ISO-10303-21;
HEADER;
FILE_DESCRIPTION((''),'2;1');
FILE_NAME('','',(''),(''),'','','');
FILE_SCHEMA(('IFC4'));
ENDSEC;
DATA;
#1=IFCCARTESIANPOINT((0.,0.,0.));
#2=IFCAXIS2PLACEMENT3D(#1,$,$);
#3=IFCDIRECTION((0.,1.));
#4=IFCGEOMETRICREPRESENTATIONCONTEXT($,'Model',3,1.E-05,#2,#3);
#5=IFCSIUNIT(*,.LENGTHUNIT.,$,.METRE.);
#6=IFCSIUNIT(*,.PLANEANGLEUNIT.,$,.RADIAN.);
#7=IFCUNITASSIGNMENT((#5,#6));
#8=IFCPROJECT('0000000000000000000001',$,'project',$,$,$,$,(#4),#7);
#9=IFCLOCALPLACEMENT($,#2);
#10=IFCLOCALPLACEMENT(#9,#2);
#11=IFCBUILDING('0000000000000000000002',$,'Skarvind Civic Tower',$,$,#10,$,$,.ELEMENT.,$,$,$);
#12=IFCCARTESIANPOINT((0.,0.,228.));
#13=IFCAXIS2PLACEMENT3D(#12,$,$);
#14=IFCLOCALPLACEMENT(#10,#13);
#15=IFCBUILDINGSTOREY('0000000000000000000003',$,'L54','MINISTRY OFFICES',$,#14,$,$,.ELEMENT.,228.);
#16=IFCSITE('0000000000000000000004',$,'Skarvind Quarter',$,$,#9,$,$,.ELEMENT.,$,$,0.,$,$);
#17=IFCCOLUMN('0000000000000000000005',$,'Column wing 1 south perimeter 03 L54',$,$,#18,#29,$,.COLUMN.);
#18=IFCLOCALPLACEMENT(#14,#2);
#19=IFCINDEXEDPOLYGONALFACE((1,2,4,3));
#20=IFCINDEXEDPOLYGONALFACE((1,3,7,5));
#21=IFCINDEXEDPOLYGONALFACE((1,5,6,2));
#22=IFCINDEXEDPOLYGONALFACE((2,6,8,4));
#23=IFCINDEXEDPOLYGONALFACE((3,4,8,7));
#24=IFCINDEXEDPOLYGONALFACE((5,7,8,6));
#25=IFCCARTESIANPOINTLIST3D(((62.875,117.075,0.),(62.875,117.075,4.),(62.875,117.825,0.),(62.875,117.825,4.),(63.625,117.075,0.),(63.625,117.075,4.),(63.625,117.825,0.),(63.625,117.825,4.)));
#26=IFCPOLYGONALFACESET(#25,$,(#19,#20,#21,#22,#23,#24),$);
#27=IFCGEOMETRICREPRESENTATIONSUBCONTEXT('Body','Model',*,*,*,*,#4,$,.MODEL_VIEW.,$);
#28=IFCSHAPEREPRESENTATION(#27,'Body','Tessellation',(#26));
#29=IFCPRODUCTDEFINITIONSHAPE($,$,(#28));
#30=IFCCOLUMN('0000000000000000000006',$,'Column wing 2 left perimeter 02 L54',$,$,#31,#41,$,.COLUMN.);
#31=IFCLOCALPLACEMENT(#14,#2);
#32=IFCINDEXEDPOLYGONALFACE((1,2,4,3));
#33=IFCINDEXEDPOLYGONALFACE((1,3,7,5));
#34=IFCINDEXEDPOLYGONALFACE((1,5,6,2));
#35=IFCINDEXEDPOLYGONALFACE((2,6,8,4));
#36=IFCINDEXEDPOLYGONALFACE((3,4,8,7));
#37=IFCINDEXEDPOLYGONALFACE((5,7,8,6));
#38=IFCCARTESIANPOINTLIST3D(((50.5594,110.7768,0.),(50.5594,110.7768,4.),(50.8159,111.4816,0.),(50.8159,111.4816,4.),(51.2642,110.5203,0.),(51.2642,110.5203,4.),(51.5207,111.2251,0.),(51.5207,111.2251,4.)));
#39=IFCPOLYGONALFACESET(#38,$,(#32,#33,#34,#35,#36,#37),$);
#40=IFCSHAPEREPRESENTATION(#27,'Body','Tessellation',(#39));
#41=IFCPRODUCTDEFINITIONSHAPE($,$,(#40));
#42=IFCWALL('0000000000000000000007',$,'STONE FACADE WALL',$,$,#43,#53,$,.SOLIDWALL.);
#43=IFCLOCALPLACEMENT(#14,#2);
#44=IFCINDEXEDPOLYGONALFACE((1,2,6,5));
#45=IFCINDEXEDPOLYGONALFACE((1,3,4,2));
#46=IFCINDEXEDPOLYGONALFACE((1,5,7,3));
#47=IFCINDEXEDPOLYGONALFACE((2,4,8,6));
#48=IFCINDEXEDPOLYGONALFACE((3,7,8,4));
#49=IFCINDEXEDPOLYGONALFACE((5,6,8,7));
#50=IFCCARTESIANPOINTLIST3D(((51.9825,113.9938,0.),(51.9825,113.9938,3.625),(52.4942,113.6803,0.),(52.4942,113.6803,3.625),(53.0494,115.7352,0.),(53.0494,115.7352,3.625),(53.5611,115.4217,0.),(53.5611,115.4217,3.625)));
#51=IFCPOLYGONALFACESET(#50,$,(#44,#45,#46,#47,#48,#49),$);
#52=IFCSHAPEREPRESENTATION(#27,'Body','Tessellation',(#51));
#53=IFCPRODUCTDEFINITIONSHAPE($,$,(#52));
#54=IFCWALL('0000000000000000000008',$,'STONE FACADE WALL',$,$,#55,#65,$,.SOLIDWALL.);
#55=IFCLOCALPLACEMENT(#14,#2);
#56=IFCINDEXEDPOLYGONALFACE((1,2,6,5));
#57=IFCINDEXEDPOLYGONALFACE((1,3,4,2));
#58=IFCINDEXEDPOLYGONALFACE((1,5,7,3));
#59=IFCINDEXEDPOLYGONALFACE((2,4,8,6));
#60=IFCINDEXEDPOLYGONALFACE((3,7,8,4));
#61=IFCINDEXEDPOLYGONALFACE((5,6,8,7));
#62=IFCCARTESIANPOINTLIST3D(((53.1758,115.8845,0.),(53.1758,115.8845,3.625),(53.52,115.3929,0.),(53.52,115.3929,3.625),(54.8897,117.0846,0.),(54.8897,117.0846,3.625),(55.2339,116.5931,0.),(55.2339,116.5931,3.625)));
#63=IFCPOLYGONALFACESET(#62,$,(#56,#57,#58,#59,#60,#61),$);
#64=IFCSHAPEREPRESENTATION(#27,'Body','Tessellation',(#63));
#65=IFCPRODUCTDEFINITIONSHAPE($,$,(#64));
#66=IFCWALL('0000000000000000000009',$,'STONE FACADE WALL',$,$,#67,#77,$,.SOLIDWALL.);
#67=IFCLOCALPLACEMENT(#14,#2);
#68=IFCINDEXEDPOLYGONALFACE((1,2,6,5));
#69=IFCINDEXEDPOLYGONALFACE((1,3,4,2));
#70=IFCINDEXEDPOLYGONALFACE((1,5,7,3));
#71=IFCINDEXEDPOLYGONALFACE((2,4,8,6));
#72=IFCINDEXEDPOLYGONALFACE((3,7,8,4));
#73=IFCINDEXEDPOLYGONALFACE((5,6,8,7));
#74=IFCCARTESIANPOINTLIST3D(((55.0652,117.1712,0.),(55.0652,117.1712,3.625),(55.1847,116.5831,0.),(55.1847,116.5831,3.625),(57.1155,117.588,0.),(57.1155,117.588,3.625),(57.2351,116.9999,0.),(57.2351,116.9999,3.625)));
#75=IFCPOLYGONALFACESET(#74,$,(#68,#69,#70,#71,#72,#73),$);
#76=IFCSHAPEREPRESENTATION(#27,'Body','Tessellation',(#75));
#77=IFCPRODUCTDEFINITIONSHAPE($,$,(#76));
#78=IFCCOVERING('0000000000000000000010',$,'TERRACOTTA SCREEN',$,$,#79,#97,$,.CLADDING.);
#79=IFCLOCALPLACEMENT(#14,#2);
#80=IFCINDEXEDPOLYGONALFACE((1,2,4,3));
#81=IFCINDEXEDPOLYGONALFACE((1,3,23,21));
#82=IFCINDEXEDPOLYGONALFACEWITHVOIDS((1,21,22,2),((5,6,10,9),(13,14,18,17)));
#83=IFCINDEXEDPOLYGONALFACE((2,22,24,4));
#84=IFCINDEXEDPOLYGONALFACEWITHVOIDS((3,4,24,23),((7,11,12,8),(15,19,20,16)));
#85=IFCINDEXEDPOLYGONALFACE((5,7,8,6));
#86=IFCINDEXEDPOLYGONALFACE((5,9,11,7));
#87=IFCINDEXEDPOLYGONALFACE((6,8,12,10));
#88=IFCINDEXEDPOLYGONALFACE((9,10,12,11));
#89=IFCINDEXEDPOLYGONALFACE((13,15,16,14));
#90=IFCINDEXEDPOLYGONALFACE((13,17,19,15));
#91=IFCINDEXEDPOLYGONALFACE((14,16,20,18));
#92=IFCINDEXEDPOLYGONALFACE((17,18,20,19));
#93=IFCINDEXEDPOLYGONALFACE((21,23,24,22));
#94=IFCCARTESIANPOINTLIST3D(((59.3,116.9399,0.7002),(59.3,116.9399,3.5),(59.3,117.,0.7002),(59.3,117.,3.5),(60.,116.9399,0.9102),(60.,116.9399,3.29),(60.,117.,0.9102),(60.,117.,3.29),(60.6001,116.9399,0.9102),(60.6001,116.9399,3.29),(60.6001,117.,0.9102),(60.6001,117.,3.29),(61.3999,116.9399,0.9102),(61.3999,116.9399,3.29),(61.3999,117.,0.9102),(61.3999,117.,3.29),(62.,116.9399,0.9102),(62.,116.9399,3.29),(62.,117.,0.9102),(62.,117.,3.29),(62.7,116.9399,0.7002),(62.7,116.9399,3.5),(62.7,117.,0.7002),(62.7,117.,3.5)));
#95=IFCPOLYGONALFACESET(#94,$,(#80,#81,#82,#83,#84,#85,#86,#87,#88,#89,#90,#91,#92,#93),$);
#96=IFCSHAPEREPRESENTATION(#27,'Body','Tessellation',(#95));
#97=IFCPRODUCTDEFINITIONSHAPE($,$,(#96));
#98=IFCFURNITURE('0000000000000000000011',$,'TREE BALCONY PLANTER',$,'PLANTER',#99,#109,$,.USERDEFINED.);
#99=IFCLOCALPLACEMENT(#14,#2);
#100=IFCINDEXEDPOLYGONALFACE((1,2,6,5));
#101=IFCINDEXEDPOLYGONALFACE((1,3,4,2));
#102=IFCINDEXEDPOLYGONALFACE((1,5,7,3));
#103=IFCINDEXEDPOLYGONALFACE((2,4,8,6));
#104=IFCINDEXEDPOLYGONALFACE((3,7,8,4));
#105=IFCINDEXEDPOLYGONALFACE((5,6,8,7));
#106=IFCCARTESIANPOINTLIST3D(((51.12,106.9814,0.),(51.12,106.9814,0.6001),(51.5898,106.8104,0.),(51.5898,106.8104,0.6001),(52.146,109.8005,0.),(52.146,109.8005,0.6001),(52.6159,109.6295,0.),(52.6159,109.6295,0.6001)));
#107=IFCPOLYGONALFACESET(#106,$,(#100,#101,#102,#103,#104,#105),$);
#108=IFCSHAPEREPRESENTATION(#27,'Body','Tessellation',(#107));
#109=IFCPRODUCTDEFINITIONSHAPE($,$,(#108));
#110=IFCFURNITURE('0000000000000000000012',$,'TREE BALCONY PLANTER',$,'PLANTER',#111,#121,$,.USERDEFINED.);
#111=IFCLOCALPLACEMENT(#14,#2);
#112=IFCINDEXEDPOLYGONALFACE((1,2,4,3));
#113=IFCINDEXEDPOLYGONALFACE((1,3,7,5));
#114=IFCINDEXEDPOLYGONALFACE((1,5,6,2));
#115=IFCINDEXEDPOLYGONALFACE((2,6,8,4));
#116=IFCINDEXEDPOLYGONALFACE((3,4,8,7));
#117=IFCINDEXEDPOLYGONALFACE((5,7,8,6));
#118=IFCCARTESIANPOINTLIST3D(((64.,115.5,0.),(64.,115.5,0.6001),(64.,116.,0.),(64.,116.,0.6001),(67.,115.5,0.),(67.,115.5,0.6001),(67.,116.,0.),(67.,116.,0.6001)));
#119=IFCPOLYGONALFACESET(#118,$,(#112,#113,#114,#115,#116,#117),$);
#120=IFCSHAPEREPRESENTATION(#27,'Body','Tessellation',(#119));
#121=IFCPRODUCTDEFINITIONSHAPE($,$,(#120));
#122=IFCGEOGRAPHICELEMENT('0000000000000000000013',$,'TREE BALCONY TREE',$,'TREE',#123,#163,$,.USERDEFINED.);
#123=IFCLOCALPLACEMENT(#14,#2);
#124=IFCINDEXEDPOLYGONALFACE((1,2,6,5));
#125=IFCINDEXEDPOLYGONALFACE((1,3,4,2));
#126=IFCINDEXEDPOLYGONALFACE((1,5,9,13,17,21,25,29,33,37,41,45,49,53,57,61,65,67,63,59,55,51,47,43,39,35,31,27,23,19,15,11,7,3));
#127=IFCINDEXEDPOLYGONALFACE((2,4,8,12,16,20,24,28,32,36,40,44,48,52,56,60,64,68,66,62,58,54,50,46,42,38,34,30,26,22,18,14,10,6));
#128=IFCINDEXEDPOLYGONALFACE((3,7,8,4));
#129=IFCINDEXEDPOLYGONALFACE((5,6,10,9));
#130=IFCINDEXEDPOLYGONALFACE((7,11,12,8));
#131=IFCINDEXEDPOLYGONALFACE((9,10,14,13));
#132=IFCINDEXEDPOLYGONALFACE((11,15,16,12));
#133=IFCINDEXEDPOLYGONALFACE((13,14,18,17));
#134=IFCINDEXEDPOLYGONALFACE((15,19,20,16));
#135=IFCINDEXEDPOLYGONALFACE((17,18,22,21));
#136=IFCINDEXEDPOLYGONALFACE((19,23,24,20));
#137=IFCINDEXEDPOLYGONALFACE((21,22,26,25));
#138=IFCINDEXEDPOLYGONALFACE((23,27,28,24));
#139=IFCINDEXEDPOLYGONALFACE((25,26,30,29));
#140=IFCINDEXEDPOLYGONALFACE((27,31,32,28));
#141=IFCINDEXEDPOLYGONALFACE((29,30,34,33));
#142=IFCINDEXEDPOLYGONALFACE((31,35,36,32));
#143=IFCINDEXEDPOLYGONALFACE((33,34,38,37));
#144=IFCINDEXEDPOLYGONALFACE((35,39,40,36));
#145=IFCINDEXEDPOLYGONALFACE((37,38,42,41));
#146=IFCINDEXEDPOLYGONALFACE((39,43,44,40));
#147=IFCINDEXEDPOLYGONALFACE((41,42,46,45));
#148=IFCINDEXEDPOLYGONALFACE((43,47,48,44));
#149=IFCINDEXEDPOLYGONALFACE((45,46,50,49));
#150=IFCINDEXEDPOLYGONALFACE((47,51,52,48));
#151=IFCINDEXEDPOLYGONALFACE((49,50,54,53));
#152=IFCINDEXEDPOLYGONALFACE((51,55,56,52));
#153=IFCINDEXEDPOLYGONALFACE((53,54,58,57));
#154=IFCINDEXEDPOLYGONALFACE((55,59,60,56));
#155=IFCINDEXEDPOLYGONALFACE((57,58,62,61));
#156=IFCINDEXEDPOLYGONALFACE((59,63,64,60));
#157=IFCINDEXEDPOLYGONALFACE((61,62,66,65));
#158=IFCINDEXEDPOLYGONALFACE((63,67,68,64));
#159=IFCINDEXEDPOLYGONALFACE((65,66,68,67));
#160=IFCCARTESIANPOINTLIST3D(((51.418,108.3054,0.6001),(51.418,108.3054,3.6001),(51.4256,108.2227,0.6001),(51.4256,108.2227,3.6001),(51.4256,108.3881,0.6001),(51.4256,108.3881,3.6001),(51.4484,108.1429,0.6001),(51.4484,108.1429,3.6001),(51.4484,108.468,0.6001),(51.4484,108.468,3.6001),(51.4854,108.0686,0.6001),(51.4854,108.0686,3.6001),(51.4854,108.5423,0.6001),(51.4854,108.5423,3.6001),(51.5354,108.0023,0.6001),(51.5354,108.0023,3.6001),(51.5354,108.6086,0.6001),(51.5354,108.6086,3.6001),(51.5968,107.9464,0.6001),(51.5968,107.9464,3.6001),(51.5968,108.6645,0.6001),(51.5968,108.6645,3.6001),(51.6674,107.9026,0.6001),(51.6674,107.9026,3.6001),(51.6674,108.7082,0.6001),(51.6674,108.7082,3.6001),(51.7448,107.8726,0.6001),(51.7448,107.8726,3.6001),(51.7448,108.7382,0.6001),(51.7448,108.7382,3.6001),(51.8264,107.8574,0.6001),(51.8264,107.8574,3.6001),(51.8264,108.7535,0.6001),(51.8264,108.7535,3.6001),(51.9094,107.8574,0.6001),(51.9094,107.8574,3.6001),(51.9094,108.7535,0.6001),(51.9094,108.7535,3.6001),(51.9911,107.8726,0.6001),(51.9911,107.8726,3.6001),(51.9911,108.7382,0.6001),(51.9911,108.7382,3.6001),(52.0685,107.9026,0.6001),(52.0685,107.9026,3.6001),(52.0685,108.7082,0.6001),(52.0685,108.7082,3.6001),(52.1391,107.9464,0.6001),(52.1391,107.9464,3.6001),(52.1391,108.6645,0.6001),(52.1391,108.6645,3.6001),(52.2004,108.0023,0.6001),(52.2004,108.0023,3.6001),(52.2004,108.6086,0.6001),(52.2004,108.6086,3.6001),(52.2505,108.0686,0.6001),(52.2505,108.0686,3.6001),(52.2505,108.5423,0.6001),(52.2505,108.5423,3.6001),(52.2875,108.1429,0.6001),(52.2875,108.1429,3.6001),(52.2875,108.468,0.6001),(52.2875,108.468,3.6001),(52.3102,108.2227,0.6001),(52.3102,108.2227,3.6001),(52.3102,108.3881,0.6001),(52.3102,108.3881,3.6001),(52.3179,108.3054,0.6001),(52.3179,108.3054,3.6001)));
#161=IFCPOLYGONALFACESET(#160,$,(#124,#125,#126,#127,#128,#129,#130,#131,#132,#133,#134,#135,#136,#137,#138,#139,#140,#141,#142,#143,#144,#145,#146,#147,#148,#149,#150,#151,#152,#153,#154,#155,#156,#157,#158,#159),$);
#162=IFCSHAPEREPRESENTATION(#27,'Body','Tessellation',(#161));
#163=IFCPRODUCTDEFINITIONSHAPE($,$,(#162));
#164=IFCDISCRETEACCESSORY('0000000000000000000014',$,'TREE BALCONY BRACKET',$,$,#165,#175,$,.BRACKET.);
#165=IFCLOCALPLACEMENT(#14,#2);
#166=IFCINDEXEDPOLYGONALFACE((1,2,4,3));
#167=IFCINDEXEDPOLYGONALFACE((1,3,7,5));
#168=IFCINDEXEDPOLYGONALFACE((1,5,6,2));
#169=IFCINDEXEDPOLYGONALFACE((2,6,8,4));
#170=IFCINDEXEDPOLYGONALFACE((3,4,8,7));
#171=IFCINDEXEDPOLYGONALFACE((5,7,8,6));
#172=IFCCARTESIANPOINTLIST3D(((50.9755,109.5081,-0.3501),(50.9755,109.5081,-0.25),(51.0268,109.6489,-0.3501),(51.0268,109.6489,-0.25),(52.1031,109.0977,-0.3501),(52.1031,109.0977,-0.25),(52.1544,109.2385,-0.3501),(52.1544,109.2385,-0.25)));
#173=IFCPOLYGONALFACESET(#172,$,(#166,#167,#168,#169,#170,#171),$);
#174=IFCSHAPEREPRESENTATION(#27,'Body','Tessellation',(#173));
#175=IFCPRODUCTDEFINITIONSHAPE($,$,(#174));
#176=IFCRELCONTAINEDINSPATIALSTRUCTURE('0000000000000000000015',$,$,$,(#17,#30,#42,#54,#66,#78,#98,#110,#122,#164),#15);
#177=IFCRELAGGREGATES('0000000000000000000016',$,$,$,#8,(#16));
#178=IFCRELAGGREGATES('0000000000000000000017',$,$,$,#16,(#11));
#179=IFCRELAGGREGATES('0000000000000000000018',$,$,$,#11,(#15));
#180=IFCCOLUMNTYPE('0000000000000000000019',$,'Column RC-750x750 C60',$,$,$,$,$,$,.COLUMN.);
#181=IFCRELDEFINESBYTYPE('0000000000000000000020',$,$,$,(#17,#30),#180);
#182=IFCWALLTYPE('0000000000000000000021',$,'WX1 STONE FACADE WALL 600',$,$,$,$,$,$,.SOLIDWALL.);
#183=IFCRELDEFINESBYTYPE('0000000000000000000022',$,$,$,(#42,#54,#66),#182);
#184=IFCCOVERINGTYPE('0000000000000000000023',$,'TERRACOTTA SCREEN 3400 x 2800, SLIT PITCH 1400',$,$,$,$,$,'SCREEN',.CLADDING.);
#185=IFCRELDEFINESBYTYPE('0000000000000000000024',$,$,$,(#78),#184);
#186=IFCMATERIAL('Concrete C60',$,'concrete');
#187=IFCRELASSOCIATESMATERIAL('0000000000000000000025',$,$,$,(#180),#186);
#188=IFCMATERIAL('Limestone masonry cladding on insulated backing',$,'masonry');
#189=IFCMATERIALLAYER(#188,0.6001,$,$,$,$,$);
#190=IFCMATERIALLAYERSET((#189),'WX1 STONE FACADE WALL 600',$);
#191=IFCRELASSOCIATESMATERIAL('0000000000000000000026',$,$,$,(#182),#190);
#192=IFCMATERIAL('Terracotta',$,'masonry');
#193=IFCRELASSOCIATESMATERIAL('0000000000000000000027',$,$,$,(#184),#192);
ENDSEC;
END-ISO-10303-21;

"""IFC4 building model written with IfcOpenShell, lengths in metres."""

from ifc_helpers import new_model, si_unit, direction, frame, frame_2d, origin, origin_2d, place, context, subcontext, project, spatial, polyline, rectangle, circle, outline, extrude, material, layer, layer_set, material_profile, profile_set, type_object, element, save


model = new_model("IFC4")

# Units and contexts
model_context = context("Model", 3, precision=1e-05, world=origin(), true_north=direction((0.0, 1.0)))
body_context = subcontext(model_context, "Body", "Model", "MODEL_VIEW")
ifc_project = project(units=[si_unit("LENGTHUNIT", "METRE"), si_unit("PLANEANGLEUNIT", "RADIAN")], contexts=[model_context])

# Site, building, storey
site_placement = place(None, origin())
site = spatial("IfcSite", under=ifc_project, at=site_placement, Name="Skarvind Quarter", CompositionType="ELEMENT", RefElevation=0.0)
building_placement = place(site_placement, origin())
building = spatial("IfcBuilding", under=site, at=building_placement, Name="Skarvind Civic Tower", CompositionType="ELEMENT")
storey_placement = place(building_placement, frame((0.0, 0.0, 228.0)))
storey = spatial("IfcBuildingStorey", under=building, at=storey_placement, Name="L54", Description="MINISTRY OFFICES", CompositionType="ELEMENT", Elevation=228.0)

# Columns
ifc_material_1 = material(Name="Concrete C60", Category="concrete")
ifc_material_profile_1 = material_profile(ifc_material_1, rectangle(XDim=0.75, YDim=0.75, at=origin_2d()), Name="RC-750x750")
ifc_profile_set_1 = profile_set([ifc_material_profile_1], Name="Concrete C60")
column_type = type_object("IfcColumnType", Name="Column RC-750x750 C60", PredefinedType="COLUMN", material=ifc_profile_set_1)
for number, where, z_axis, x_axis, name in (
    (1, (63.25, 117.45, 0.0), (0.0, 0.0, 1.0), (1.0, 0.0, 0.0), "Column wing 1 south perimeter 03 L54"),
    (2, (51.04, 111.001, 0.0), (0.0, 0.0, 1.0), (-0.34202, -0.939693, 0.0), "Column wing 2 left perimeter 02 L54"),
):
    element("IfcColumn", number, at=place(storey_placement, frame(where, z_axis=z_axis, x_axis=x_axis)), inside=storey, type_object=column_type, Name=name, PredefinedType="COLUMN", context=body_context, shape_type="SweptSolid", body=[
        extrude(rectangle(XDim=0.75, YDim=0.75, at=origin_2d()), origin(), (0.0, 0.0, 1.0), 4.0),
    ])

# Shared definitions
ifc_material_2 = material(Name="Limestone masonry cladding on insulated backing", Category="masonry")
ifc_layer = layer(ifc_material_2, 0.6001)
ifc_layer_set = layer_set([ifc_layer], Name="WX1 STONE FACADE WALL 600")
wall_type = type_object("IfcWallType", Name="WX1 STONE FACADE WALL 600", PredefinedType="SOLIDWALL", material=ifc_layer_set)

# Walls
wall_1_placement = place(storey_placement, frame((53.3052, 115.5784, 0.0), z_axis=(0.0, 0.0, 1.0), x_axis=(-0.522402, -0.852699, 0.0)))
element("IfcWall", 3, at=wall_1_placement, inside=storey, type_object=wall_type, Name="STONE FACADE WALL", PredefinedType="SOLIDWALL", context=body_context, shape_type="SweptSolid", body=[
    extrude(rectangle(XDim=2.0422, YDim=0.6001, at=frame_2d((1.021, 0.0))), origin(), (0.0, 0.0, 1.0), 3.625),
])
for number, where, z_axis, x_axis, name in (
    (4, (55.0618, 116.8389, 0.0), (0.0, 0.0, 1.0), (-0.819122, -0.573619, 0.0), "STONE FACADE WALL"),
    (5, (57.1753, 117.2939, 0.0), (0.0, 0.0, 1.0), (-0.979961, -0.199189, 0.0), "STONE FACADE WALL"),
):
    element("IfcWall", number, at=place(storey_placement, frame(where, z_axis=z_axis, x_axis=x_axis)), inside=storey, type_object=wall_type, Name=name, PredefinedType="SOLIDWALL", context=body_context, shape_type="SweptSolid", body=[
        extrude(rectangle(XDim=2.0923, YDim=0.6001, at=frame_2d((1.0461, 0.0))), origin(), (0.0, 0.0, 1.0), 3.625),
    ])

# Covering
ifc_material_3 = material(Name="Terracotta", Category="masonry")
ifc_material_profile_2 = material_profile(ifc_material_3, outline(polyline([(-1.7, -1.3999), (1.7, -1.3999), (1.7, 1.3999), (-1.7, 1.3999), (-1.7, -1.3999)]), holes=[polyline([(-1.0, -1.1899), (-0.3999, -1.1899), (-0.3999, 1.1899), (-1.0, 1.1899), (-1.0, -1.1899)]), polyline([(0.3999, -1.1899), (1.0, -1.1899), (1.0, 1.1899), (0.3999, 1.1899), (0.3999, -1.1899)])]), Name="TERRACOTTA SCREEN 3400 x 2800, SLIT PITCH 1400")
ifc_profile_set_2 = profile_set([ifc_material_profile_2], Name="Terracotta")
covering_type = type_object("IfcCoveringType", Name="TERRACOTTA SCREEN 3400 x 2800, SLIT PITCH 1400", ElementType="SCREEN", PredefinedType="CLADDING", material=ifc_profile_set_2)
covering_placement = place(storey_placement, frame((61.0, 117.0, 2.1001), z_axis=(0.0, -1.0, 0.0), x_axis=(1.0, 0.0, 0.0)))
element("IfcCovering", 6, at=covering_placement, inside=storey, type_object=covering_type, Name="TERRACOTTA SCREEN", PredefinedType="CLADDING", context=body_context, shape_type="SweptSolid", body=[
    extrude(outline(polyline([(-1.7, -1.3999), (1.7, -1.3999), (1.7, 1.3999), (-1.7, 1.3999), (-1.7, -1.3999)]), holes=[polyline([(-1.0, -1.1899), (-0.3999, -1.1899), (-0.3999, 1.1899), (-1.0, 1.1899), (-1.0, -1.1899)]), polyline([(0.3999, -1.1899), (1.0, -1.1899), (1.0, 1.1899), (0.3999, 1.1899), (0.3999, -1.1899)])]), origin(), (0.0, 0.0, 1.0), 0.0601),
])

# Furniture
for number, where, z_axis, x_axis, name in (
    (7, (51.8679, 108.3054, 0.0), (0.0, 0.0, 1.0), (-0.34202, -0.939693, 0.0), "TREE BALCONY PLANTER"),
    (8, (65.5, 115.75, 0.0), (0.0, 0.0, 1.0), (-1.0, 0.0, 0.0), "TREE BALCONY PLANTER"),
):
    element("IfcFurniture", number, at=place(storey_placement, frame(where, z_axis=z_axis, x_axis=x_axis)), inside=storey, Name=name, ObjectType="PLANTER", PredefinedType="USERDEFINED", context=body_context, shape_type="SweptSolid", body=[
        extrude(rectangle(XDim=3.0, YDim=0.5, at=origin_2d()), origin(), (0.0, 0.0, 1.0), 0.6001),
    ])

# Geographic element
geographic_element_1_placement = place(storey_placement, frame((51.8679, 108.3054, 0.6001), z_axis=(0.0, 0.0, 1.0), x_axis=(1.0, 0.0, 0.0)))
element("IfcGeographicElement", 9, at=geographic_element_1_placement, inside=storey, Name="TREE BALCONY TREE", ObjectType="TREE", PredefinedType="USERDEFINED", context=body_context, shape_type="SweptSolid", body=[
    extrude(circle(Radius=0.45, at=origin_2d()), origin(), (0.0, 0.0, 1.0), 3.0),
])

# Discrete accessory
discrete_accessory_placement = place(storey_placement, frame((51.5649, 109.3733, -0.3501), z_axis=(0.0, 0.0, 1.0), x_axis=(-0.34202, -0.939693, 0.0)))
element("IfcDiscreteAccessory", 10, at=discrete_accessory_placement, inside=storey, Name="TREE BALCONY BRACKET", PredefinedType="BRACKET", context=body_context, shape_type="SweptSolid", body=[
    extrude(rectangle(XDim=0.1499, YDim=1.2, at=origin_2d()), origin(), (0.0, 0.0, 1.0), 0.1001),
])

save(model, "model.ifc")
